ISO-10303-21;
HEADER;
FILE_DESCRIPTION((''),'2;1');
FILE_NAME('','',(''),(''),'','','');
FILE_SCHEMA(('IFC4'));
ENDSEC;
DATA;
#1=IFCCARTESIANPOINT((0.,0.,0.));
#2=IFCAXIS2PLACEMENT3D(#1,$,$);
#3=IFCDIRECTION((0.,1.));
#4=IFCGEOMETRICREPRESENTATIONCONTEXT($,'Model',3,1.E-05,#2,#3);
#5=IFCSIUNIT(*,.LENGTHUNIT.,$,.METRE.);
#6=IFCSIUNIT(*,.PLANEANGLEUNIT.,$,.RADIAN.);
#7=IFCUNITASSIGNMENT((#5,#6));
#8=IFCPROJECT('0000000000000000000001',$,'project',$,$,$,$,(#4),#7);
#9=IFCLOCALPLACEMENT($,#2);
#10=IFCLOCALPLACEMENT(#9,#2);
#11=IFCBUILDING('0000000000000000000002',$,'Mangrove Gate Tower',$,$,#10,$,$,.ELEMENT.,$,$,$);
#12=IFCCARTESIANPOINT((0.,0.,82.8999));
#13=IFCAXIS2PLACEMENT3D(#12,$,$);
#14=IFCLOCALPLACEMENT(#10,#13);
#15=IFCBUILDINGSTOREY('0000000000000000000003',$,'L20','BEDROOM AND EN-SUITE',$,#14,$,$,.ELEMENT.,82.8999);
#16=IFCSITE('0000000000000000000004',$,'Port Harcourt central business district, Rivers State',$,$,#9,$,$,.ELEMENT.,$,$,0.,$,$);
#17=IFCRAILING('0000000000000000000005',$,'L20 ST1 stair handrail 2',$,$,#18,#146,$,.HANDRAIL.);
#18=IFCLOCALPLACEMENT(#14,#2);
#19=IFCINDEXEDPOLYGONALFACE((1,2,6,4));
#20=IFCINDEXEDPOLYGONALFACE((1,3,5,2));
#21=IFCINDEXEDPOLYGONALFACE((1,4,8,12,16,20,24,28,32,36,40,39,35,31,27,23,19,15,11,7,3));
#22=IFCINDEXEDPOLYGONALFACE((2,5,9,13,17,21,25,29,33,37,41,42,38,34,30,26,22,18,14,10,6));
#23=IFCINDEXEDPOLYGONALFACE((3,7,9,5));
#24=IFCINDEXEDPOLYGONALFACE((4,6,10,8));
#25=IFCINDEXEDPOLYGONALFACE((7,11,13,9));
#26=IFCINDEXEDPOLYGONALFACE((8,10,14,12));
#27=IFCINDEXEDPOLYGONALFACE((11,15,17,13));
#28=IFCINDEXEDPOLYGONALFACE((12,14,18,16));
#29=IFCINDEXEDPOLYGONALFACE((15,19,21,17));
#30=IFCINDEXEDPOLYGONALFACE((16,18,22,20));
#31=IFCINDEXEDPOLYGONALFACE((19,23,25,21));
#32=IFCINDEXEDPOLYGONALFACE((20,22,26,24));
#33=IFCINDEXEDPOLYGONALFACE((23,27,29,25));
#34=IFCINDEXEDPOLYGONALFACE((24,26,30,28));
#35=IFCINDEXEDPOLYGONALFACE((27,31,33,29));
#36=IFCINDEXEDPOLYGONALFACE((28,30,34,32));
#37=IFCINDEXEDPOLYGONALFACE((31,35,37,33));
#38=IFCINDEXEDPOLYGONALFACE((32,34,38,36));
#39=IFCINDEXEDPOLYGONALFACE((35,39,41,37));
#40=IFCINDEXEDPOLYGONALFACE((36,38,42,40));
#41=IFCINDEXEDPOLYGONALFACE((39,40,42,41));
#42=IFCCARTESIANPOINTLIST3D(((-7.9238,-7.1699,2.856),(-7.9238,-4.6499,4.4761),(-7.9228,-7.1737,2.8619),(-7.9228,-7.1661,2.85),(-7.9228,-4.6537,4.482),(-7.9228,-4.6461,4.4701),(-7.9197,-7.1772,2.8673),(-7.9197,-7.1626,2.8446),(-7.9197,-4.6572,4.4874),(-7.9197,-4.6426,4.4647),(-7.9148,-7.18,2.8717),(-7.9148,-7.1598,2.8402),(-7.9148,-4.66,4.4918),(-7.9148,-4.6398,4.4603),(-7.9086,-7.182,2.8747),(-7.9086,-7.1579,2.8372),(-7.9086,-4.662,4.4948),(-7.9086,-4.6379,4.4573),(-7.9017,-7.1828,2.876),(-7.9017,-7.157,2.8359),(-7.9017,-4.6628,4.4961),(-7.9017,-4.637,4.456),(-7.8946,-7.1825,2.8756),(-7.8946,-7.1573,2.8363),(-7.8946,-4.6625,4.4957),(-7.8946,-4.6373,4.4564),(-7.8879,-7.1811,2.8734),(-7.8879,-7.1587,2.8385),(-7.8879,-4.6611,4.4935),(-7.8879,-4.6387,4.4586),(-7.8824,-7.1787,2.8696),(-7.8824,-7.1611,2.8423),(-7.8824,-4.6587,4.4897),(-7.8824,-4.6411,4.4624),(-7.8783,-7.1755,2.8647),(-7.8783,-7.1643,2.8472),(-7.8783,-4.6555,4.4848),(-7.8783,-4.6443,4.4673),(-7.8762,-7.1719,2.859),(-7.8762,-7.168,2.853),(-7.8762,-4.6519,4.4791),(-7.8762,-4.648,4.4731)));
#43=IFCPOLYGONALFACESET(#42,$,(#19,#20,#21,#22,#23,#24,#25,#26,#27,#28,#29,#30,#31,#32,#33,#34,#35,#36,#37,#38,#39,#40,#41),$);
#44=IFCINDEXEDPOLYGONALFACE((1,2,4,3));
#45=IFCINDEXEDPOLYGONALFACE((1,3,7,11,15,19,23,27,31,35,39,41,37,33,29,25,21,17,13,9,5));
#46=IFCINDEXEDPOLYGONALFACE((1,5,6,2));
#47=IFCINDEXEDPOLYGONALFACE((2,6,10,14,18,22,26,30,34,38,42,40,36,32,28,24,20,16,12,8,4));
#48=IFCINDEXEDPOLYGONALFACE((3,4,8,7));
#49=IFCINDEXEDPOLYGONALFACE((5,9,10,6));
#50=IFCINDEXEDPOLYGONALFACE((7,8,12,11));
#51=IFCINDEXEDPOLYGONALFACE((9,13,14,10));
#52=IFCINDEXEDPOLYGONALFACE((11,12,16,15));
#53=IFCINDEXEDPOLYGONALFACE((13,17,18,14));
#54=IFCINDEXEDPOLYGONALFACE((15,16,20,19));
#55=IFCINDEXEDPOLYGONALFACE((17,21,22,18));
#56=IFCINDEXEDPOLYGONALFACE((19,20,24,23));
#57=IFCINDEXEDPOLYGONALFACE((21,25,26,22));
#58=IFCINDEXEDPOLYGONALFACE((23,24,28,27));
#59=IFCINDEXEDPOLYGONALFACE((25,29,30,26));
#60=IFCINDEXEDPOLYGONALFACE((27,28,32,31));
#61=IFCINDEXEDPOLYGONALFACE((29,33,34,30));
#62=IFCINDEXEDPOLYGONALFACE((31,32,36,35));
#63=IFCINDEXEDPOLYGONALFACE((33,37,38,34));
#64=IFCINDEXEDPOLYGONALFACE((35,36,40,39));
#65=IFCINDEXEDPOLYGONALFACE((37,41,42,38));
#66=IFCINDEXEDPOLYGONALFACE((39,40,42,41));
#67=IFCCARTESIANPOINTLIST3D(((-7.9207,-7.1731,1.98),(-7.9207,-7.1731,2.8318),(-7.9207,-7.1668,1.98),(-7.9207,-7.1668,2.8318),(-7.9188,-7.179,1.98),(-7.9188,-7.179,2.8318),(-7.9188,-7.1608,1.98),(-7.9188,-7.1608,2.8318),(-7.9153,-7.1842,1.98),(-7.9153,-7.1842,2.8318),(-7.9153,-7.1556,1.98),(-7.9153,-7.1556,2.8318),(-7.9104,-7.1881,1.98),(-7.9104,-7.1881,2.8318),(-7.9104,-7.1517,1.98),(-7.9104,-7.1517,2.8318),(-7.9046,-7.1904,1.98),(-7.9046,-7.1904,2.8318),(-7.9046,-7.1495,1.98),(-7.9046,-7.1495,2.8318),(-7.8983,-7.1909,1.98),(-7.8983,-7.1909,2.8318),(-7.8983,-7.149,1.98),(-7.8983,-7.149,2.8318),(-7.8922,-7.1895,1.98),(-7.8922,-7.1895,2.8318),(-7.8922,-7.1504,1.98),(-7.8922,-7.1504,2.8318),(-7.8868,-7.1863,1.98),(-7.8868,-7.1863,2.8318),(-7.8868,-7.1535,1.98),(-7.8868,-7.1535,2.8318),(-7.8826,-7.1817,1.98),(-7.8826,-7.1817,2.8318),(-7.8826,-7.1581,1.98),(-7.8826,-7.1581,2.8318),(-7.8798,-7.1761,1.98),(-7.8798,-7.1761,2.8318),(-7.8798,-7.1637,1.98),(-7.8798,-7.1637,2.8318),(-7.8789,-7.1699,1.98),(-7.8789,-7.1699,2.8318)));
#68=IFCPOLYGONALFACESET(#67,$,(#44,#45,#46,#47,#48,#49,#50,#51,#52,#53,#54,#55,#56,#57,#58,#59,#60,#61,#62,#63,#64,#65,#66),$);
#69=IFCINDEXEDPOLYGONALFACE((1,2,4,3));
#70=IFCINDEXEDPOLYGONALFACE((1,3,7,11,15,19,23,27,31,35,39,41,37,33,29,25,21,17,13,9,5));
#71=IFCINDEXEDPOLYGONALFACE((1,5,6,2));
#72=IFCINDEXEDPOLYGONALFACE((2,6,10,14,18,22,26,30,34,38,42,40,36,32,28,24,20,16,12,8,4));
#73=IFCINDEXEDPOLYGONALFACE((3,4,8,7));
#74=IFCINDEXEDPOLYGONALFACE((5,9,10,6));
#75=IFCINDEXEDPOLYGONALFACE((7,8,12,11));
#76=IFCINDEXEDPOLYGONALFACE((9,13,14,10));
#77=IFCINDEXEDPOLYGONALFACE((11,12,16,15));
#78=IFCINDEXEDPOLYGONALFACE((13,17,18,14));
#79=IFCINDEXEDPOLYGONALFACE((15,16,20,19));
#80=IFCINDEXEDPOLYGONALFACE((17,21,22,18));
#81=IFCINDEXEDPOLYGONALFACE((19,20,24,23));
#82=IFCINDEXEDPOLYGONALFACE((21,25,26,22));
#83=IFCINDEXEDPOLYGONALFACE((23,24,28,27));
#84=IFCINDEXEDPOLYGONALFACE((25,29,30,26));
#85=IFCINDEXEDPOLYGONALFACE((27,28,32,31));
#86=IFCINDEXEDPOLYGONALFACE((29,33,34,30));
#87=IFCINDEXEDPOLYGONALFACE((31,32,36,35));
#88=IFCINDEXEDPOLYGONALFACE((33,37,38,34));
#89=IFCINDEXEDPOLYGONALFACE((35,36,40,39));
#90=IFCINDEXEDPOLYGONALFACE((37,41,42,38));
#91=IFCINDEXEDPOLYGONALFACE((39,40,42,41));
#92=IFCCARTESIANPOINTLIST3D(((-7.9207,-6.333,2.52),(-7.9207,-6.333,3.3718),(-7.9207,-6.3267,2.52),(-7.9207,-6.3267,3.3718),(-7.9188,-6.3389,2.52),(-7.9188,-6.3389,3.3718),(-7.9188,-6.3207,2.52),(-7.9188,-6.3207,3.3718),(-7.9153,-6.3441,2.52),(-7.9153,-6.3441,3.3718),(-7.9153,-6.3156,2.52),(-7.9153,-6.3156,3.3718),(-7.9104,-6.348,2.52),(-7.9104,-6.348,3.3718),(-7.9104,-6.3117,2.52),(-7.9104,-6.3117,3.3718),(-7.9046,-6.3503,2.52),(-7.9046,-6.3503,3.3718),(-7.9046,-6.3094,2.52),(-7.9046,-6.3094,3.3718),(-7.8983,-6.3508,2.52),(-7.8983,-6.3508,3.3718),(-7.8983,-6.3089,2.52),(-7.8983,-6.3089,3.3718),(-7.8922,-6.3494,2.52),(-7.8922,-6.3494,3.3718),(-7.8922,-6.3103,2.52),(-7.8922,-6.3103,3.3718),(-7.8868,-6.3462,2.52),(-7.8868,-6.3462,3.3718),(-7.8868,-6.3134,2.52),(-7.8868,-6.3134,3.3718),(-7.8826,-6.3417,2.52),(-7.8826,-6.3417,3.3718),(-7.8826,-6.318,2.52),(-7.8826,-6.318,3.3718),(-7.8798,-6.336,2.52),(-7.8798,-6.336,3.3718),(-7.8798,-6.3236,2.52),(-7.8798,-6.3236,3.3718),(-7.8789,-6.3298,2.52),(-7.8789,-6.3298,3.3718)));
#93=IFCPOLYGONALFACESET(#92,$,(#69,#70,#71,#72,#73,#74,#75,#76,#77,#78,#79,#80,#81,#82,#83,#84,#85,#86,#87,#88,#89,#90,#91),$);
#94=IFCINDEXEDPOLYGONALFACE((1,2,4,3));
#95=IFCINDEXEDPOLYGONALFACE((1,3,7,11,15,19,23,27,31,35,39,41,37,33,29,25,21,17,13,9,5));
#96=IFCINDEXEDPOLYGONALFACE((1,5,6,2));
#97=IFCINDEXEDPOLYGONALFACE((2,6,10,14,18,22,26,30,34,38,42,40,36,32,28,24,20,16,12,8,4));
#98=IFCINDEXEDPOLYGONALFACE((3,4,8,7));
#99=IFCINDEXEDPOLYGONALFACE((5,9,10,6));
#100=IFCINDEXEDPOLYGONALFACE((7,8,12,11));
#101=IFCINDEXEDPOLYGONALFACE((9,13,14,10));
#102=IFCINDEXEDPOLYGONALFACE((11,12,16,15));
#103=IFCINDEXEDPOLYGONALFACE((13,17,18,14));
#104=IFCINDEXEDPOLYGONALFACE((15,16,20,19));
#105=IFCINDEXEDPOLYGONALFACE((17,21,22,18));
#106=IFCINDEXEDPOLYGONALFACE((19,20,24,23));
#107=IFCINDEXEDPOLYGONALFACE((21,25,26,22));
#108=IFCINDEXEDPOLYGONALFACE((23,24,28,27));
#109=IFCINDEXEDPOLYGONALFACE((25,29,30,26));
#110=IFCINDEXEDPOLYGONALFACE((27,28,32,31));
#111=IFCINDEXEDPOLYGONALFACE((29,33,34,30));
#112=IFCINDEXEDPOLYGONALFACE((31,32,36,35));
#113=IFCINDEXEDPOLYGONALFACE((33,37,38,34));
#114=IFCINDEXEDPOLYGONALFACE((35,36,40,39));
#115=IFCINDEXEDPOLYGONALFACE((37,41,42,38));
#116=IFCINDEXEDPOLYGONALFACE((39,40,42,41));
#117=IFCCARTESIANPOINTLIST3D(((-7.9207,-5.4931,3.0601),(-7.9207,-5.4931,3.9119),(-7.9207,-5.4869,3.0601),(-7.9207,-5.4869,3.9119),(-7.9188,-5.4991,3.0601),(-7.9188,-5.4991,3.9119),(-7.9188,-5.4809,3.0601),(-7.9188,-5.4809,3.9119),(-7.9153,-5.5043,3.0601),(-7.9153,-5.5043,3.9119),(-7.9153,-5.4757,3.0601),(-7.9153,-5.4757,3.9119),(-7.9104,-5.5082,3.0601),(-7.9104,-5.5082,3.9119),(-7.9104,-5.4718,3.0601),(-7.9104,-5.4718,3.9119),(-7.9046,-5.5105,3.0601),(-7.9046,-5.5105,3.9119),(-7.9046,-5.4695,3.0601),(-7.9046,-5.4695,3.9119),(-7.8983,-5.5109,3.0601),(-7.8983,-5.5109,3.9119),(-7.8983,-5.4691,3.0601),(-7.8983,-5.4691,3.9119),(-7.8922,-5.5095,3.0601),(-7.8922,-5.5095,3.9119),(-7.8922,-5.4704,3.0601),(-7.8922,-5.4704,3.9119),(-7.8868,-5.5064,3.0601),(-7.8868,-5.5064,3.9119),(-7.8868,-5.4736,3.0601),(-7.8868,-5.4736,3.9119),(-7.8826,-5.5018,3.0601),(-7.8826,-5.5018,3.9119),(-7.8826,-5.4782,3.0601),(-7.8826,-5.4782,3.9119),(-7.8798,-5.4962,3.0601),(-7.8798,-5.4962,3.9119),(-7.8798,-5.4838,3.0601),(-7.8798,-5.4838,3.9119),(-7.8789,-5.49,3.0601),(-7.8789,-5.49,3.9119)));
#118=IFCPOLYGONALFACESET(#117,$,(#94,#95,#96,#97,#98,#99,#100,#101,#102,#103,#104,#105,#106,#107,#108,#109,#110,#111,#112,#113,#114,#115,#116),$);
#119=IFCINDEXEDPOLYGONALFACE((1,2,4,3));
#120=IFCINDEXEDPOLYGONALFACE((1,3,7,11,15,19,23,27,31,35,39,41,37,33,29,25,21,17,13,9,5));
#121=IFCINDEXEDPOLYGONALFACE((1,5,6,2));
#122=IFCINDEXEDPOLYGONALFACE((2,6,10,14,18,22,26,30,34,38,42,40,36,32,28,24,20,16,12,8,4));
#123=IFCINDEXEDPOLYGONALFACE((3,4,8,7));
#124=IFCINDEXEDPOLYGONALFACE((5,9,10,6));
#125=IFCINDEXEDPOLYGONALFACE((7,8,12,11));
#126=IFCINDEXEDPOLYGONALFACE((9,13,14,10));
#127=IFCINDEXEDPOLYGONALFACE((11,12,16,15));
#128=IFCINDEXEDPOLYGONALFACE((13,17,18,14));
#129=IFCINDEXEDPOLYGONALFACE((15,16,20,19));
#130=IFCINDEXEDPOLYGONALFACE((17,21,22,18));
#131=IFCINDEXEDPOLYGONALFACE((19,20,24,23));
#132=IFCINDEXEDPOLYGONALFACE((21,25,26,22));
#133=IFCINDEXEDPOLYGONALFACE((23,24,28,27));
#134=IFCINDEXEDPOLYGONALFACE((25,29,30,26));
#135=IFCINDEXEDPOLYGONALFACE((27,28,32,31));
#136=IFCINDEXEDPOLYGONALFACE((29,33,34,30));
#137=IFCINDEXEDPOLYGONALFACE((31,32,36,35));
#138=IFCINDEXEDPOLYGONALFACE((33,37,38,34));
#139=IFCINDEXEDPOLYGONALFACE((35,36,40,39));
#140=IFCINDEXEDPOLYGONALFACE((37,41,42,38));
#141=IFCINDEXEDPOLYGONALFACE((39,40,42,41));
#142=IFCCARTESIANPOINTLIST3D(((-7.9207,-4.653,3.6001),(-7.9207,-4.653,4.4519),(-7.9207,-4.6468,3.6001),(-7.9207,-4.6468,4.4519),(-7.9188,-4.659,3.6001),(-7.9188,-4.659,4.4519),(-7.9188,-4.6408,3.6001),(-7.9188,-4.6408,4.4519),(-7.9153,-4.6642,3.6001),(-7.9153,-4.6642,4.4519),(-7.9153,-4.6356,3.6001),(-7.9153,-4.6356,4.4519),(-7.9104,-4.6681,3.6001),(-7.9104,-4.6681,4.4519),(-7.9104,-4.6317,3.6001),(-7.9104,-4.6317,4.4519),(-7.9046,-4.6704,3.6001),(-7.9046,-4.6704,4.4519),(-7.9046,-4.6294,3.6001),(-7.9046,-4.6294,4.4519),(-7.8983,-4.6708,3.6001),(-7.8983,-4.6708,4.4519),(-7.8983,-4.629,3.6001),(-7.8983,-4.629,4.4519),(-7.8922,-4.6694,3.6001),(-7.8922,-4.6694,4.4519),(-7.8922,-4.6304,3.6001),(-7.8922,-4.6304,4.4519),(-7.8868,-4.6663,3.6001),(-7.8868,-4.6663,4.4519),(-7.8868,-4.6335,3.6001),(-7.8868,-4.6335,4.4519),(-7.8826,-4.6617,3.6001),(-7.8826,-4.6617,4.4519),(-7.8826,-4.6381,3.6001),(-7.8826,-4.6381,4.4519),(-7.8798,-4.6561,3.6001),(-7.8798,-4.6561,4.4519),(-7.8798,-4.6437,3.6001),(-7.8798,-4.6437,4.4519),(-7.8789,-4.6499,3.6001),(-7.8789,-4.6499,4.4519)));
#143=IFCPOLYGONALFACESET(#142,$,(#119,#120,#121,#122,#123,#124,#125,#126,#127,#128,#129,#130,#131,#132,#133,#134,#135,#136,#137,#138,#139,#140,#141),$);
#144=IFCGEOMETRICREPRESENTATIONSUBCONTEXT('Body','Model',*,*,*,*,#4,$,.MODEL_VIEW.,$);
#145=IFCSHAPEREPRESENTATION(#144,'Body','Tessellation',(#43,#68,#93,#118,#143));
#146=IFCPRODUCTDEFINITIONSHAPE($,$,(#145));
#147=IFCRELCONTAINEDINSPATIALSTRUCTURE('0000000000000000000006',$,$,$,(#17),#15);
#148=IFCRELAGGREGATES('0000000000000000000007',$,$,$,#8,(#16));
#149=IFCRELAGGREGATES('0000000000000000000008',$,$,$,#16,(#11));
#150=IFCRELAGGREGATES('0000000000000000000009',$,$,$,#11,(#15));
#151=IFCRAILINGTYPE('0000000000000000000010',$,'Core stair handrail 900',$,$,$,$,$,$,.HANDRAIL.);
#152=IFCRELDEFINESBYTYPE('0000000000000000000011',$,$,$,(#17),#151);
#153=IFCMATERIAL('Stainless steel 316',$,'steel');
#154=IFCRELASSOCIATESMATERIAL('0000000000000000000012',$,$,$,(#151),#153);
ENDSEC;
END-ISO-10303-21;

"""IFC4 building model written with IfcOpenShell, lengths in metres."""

from ifc_helpers import new_model, si_unit, direction, frame, origin, origin_2d, place, context, subcontext, project, spatial, circle, extrude, material, type_object, element, save


model = new_model("IFC4")

# Units and contexts
model_context = context("Model", 3, precision=1e-05, world=origin(), true_north=direction((0.0, 1.0)))
body_context = subcontext(model_context, "Body", "Model", "MODEL_VIEW")
ifc_project = project(units=[si_unit("LENGTHUNIT", "METRE"), si_unit("PLANEANGLEUNIT", "RADIAN")], contexts=[model_context])

# Site, building, storey
site_placement = place(None, origin())
site = spatial("IfcSite", under=ifc_project, at=site_placement, Name="Port Harcourt central business district, Rivers State", CompositionType="ELEMENT", RefElevation=0.0)
building_placement = place(site_placement, origin())
building = spatial("IfcBuilding", under=site, at=building_placement, Name="Mangrove Gate Tower", CompositionType="ELEMENT")
storey_placement = place(building_placement, frame((0.0, 0.0, 82.8999)))
storey = spatial("IfcBuildingStorey", under=building, at=storey_placement, Name="L20", Description="BEDROOM AND EN-SUITE", CompositionType="ELEMENT", Elevation=82.8999)

# Railing
ifc_material_1 = material(Name="Stainless steel 316", Category="steel")
railing_type_1 = type_object("IfcRailingType", Name="Core stair handrail 900", PredefinedType="HANDRAIL", material=ifc_material_1)
railing_1_placement = place(storey_placement, frame((-7.8999, -7.1699, 1.98)))
element("IfcRailing", 1, at=railing_1_placement, inside=storey, type_object=railing_type_1, Name="L20 ST1 stair handrail 2", PredefinedType="HANDRAIL", context=body_context, shape_type="SweptSolid", body=[
    extrude(circle(Radius=0.0239, at=origin_2d()), frame((0.0, 0.0, 0.876), z_axis=(0.0, 0.841163, 0.540782), x_axis=(-1.0, 0.0, 0.0)), (0.0, 0.0, 1.0), 2.9958),
    extrude(circle(Radius=0.021, at=origin_2d()), origin(), (0.0, 0.0, 1.0), 0.8518),
    extrude(circle(Radius=0.021, at=origin_2d()), frame((0.0, 0.8401, 0.54)), (0.0, 0.0, 1.0), 0.8518),
    extrude(circle(Radius=0.021, at=origin_2d()), frame((0.0, 1.6799, 1.0801)), (0.0, 0.0, 1.0), 0.8518),
    extrude(circle(Radius=0.021, at=origin_2d()), frame((0.0, 2.52, 1.6201)), (0.0, 0.0, 1.0), 0.8518),
])

save(model, "model.ifc")
